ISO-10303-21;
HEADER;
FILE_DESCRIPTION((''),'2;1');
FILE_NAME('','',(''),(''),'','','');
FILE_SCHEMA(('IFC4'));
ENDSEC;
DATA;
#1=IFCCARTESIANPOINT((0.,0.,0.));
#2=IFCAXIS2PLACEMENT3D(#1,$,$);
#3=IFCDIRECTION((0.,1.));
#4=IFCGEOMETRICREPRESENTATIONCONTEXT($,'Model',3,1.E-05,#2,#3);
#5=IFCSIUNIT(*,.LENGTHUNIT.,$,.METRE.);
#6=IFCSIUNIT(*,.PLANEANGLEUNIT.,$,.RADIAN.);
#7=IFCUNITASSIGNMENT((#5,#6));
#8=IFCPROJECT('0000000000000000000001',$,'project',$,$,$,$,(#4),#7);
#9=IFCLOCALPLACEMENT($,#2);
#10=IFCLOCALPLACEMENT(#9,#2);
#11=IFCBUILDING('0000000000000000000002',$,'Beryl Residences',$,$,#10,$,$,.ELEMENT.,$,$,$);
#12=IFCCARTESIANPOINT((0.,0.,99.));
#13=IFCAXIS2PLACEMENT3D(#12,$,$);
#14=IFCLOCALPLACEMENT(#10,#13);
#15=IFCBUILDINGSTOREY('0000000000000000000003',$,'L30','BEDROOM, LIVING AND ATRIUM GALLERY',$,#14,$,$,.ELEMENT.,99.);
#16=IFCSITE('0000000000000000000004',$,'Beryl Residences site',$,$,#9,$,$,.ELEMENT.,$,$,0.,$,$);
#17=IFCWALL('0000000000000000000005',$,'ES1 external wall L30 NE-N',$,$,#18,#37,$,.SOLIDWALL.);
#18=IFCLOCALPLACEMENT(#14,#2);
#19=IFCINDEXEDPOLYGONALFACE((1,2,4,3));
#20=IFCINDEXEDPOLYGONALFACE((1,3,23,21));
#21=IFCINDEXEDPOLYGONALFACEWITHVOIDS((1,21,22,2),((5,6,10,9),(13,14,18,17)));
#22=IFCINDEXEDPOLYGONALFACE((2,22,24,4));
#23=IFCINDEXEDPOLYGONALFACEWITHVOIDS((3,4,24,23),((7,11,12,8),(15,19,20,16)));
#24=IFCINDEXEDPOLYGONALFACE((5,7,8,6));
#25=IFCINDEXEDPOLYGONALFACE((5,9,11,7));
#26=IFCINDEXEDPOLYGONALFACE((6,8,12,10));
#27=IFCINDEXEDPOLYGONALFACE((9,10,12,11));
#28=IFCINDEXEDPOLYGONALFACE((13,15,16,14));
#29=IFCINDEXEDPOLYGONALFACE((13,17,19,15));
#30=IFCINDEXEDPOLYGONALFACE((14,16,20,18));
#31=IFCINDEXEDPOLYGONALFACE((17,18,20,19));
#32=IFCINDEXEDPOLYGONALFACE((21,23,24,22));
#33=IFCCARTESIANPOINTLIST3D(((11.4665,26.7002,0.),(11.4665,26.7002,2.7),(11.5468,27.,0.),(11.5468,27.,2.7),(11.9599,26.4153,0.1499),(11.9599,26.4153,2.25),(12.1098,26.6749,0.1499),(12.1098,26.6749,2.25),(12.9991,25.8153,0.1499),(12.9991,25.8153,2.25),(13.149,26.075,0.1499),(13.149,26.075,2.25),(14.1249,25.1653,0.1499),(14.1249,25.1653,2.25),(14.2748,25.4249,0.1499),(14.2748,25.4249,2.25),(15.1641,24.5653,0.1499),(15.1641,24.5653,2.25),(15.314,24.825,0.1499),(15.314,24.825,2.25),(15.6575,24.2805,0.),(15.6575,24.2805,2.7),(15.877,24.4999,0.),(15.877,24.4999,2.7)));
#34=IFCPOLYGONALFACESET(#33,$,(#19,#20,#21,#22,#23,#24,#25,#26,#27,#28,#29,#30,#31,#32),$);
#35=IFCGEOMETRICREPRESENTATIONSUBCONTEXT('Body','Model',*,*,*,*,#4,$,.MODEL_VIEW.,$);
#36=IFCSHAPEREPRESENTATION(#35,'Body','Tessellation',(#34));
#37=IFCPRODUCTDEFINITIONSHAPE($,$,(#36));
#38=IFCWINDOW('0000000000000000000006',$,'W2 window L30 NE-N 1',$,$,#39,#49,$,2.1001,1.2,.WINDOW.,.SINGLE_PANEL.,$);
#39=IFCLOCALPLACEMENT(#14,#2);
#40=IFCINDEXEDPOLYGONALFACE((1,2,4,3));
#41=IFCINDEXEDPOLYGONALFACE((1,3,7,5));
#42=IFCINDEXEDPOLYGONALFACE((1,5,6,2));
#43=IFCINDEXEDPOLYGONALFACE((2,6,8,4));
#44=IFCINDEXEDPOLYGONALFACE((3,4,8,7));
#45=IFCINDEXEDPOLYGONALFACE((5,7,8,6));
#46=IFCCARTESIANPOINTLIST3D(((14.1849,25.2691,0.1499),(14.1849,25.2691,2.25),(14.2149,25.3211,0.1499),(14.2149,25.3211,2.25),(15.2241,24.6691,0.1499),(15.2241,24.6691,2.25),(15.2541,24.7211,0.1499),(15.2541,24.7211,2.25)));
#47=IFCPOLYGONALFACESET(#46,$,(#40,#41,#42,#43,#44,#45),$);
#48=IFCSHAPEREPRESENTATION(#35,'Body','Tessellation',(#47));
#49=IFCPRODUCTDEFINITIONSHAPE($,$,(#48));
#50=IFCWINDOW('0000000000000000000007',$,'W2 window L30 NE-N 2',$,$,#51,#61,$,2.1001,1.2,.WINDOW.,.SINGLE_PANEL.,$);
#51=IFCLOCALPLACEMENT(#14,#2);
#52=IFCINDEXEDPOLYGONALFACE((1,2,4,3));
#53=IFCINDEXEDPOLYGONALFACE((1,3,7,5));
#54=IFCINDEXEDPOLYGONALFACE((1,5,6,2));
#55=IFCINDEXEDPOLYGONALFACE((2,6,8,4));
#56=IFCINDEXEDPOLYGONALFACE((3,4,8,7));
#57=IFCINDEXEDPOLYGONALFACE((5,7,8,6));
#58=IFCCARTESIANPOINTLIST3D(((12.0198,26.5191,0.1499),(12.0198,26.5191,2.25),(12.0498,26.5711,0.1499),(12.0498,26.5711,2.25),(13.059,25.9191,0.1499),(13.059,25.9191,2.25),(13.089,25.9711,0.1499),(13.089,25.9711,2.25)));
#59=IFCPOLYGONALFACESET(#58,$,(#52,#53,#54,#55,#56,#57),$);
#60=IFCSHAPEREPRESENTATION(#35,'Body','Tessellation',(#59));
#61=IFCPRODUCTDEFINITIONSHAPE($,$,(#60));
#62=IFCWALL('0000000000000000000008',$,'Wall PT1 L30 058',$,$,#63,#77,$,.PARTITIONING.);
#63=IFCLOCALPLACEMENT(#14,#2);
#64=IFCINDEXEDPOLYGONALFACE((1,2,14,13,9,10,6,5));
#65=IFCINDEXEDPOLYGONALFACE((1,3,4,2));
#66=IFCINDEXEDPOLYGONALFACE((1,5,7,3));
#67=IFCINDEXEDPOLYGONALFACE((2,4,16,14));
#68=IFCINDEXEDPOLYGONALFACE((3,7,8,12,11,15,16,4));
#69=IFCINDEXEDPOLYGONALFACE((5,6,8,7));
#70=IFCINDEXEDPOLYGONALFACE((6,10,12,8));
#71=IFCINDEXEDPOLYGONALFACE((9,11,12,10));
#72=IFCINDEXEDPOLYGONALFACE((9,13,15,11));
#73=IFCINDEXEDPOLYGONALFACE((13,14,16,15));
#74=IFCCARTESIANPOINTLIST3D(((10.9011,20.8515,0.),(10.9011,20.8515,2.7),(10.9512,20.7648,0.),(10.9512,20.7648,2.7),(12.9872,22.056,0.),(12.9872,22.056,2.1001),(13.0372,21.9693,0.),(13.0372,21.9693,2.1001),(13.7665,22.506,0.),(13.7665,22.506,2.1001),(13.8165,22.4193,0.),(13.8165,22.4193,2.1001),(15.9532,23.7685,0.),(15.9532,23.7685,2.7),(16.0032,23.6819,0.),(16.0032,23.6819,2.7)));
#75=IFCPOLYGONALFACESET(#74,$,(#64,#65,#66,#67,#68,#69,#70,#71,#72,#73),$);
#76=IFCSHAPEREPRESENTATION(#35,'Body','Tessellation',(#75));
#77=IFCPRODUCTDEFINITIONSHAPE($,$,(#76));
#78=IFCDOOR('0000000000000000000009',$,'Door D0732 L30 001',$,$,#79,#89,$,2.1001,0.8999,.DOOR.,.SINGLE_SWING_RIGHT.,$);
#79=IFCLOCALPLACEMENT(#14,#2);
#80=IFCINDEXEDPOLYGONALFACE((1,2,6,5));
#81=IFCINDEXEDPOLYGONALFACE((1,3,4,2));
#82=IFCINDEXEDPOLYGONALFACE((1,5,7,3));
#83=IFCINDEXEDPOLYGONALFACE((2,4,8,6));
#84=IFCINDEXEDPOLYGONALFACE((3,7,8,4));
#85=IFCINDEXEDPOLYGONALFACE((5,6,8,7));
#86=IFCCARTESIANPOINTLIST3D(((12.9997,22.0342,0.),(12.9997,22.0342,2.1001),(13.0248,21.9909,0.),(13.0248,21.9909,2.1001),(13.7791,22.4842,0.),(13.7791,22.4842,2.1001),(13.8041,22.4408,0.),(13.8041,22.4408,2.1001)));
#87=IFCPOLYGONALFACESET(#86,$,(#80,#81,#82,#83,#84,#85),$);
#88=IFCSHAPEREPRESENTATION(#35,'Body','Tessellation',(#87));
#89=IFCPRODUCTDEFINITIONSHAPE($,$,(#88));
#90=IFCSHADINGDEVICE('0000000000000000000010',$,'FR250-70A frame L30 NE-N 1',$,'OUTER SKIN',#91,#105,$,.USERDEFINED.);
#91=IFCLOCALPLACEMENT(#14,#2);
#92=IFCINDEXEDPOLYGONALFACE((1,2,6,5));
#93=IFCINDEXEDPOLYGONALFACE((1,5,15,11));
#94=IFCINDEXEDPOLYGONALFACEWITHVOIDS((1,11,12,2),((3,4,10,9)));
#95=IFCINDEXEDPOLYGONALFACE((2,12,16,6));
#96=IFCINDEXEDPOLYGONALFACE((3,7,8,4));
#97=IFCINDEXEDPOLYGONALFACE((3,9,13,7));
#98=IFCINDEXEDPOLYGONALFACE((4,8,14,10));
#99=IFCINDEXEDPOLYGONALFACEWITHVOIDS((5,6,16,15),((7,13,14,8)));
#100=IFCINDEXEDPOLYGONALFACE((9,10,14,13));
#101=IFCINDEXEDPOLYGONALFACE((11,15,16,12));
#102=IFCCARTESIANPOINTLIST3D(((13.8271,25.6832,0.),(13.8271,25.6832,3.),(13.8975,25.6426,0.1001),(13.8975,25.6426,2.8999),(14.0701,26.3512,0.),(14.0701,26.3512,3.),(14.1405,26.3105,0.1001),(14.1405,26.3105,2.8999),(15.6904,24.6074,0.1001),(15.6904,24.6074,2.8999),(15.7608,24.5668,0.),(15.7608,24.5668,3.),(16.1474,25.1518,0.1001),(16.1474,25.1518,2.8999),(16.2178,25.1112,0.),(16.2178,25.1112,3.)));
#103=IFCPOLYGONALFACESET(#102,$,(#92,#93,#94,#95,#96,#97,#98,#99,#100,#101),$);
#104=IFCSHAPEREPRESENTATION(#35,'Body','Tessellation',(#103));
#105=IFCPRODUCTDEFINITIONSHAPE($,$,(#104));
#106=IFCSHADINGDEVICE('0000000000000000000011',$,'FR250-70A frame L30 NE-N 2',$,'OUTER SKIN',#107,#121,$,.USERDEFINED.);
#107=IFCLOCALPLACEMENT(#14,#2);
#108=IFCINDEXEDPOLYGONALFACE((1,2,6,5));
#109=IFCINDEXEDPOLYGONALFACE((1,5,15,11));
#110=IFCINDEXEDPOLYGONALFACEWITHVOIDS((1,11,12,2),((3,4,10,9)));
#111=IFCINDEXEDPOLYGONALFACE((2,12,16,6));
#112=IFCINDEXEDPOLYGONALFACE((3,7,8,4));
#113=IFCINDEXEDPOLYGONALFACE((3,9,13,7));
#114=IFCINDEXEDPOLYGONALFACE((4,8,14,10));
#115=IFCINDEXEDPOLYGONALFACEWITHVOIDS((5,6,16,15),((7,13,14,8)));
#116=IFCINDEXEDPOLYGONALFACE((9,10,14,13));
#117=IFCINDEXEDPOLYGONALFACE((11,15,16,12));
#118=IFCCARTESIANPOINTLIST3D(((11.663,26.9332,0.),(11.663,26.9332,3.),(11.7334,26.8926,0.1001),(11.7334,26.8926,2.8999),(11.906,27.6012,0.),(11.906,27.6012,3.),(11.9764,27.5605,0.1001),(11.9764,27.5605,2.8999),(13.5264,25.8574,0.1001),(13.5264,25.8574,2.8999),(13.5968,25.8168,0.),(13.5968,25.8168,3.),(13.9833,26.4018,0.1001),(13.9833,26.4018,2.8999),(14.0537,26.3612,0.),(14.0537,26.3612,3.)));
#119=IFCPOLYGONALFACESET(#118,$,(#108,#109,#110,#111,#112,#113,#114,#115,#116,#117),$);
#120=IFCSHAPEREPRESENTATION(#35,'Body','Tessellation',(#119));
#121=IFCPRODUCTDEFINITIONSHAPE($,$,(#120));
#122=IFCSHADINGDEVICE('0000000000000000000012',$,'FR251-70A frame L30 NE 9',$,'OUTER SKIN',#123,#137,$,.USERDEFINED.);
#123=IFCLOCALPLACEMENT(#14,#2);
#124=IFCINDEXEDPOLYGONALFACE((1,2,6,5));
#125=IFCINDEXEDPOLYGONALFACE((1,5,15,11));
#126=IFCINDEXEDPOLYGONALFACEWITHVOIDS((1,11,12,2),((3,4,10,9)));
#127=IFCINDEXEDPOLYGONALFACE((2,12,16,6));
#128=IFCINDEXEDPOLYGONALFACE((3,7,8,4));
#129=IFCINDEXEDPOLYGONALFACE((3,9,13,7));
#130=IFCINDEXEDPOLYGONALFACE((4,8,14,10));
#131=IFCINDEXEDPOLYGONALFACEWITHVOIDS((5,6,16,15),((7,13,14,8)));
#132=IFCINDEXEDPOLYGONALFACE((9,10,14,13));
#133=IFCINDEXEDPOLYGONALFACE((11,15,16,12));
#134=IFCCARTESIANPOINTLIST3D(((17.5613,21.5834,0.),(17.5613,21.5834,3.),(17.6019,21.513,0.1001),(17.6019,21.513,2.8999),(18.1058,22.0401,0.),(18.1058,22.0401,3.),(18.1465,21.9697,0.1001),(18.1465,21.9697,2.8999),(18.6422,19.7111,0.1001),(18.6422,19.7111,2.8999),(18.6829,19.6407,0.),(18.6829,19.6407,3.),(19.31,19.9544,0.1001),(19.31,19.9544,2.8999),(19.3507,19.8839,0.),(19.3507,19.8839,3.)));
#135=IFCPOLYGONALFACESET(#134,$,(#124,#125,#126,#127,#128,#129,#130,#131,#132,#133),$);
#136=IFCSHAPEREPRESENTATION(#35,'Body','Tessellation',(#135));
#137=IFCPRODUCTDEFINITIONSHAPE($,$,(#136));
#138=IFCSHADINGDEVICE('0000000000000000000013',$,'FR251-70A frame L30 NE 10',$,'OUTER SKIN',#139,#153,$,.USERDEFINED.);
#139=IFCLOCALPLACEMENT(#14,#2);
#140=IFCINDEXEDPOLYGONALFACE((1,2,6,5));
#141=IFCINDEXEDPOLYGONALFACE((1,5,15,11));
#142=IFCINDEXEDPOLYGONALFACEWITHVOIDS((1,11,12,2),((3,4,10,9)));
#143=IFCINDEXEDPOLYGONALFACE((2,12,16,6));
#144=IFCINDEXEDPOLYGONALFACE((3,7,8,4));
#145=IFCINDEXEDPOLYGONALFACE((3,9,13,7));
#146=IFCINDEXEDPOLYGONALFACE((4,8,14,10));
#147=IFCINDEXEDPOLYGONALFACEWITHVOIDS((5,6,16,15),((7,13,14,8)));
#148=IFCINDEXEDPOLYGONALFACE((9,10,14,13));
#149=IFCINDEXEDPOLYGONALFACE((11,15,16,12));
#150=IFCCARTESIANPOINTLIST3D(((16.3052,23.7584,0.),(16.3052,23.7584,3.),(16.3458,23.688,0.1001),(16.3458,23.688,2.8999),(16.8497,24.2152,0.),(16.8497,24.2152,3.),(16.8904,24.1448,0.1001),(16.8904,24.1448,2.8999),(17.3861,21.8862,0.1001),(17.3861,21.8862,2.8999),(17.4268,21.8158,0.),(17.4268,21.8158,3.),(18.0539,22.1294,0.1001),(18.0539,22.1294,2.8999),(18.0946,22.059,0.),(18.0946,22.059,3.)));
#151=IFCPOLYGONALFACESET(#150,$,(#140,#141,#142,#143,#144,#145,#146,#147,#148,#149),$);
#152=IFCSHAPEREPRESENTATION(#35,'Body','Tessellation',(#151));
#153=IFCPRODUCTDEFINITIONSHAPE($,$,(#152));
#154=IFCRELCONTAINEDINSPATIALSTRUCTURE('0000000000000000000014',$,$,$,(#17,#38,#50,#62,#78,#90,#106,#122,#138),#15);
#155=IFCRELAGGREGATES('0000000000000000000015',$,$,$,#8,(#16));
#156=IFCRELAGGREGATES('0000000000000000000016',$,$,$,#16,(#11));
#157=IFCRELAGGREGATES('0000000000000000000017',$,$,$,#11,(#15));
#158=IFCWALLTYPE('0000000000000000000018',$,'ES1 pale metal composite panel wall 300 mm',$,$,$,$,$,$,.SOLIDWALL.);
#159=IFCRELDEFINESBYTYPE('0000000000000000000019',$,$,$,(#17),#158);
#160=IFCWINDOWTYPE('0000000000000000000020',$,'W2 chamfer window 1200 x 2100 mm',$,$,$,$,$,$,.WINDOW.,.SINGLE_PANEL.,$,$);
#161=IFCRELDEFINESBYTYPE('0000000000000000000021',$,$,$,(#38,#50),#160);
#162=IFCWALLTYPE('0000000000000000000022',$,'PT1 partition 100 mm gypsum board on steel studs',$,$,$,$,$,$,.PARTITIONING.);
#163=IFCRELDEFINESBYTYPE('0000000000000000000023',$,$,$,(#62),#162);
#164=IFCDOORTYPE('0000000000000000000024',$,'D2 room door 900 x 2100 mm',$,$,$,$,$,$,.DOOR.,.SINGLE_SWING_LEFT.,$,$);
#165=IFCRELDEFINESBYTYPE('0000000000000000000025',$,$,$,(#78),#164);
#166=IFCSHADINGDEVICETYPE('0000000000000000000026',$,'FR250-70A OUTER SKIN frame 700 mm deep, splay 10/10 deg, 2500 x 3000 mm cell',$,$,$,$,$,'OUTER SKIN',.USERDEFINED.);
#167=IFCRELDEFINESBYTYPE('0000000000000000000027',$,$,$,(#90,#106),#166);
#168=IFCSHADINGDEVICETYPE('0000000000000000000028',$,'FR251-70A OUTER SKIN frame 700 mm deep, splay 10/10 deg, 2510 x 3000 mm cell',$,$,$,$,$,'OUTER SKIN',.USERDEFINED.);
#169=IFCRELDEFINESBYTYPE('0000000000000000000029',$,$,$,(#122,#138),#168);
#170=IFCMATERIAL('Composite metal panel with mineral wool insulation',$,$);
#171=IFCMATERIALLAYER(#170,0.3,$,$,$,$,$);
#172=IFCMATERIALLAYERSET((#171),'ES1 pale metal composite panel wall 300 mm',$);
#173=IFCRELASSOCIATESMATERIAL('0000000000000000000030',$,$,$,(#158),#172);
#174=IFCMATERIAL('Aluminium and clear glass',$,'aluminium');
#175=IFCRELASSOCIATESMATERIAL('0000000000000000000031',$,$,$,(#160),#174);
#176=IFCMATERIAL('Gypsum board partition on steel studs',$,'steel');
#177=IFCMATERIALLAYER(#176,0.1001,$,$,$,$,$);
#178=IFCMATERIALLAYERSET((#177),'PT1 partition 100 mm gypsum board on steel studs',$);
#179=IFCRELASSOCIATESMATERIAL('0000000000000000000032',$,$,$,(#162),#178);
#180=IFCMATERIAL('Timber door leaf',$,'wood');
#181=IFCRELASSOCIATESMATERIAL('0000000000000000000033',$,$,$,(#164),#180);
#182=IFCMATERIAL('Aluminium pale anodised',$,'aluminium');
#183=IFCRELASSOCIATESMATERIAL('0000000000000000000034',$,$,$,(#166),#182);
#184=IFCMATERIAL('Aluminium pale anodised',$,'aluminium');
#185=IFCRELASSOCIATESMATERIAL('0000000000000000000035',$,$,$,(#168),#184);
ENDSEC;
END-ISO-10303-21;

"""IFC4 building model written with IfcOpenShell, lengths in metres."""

from ifc_helpers import new_model, entity, si_unit, direction, frame, frame_2d, origin, place, context, subcontext, project, spatial, polyline, rectangle, outline, extrude, source, transform, mapped, material, layer, layer_set, type_object, type_shapes, element, fill, save


model = new_model("IFC4")

# Units and contexts
model_context = context("Model", 3, precision=1e-05, world=origin(), true_north=direction((0.0, 1.0)))
body_context = subcontext(model_context, "Body", "Model", "MODEL_VIEW")
ifc_project = project(units=[si_unit("LENGTHUNIT", "METRE"), si_unit("PLANEANGLEUNIT", "RADIAN")], contexts=[model_context])

# Site, building, storey
site_placement = place(None, origin())
site = spatial("IfcSite", under=ifc_project, at=site_placement, Name="Beryl Residences site", CompositionType="ELEMENT", RefElevation=0.0)
building_placement = place(site_placement, origin())
building = spatial("IfcBuilding", under=site, at=building_placement, Name="Beryl Residences", CompositionType="ELEMENT")
storey_placement = place(building_placement, frame((0.0, 0.0, 99.0)))
storey = spatial("IfcBuildingStorey", under=building, at=storey_placement, Name="L30", Description="BEDROOM, LIVING AND ATRIUM GALLERY", CompositionType="ELEMENT", Elevation=99.0)

# Wall, openings, windows
ifc_material_1 = material(Name="Composite metal panel with mineral wool insulation")
ifc_layer_1 = layer(ifc_material_1, 0.3)
ifc_layer_set_1 = layer_set([ifc_layer_1], Name="ES1 pale metal composite panel wall 300 mm")
wall_type_1 = type_object("IfcWallType", Name="ES1 pale metal composite panel wall 300 mm", PredefinedType="SOLIDWALL", material=ifc_layer_set_1)
wall_1_placement = place(storey_placement, frame((15.802, 24.3701, 0.0), z_axis=(0.0, 0.0, 1.0), x_axis=(-0.866023, 0.500004, 0.0)))
wall_1 = element("IfcWall", 1, at=wall_1_placement, inside=storey, type_object=wall_type_1, Name="ES1 external wall L30 NE-N", PredefinedType="SOLIDWALL", context=body_context, shape_type="SweptSolid", body=[
    extrude(outline(polyline([(0.0, -0.1499), (5.0, -0.1499), (4.9197, 0.1499), (0.0803, 0.1499), (0.0, -0.1499)])), origin(), (0.0, 0.0, 1.0), 2.7),
])
opening_1_placement = place(wall_1_placement, frame((0.6499, 0.0, 0.1499)))
opening_1 = element("IfcOpeningElement", 2, at=opening_1_placement, cuts=wall_1, PredefinedType="OPENING", context=body_context, shape_type="SweptSolid", body=[
    extrude(rectangle(XDim=1.2, YDim=2.1001, at=frame_2d((0.6001, 1.05))), frame((0.0, 0.1599, 0.0), z_axis=(0.0, -1.0, 0.0), x_axis=(1.0, 0.0, 0.0)), (0.0, 0.0, 1.0), 0.3201),
])
opening_2_placement = place(wall_1_placement, frame((3.1499, 0.0, 0.1499)))
opening_2 = element("IfcOpeningElement", 3, at=opening_2_placement, cuts=wall_1, PredefinedType="OPENING", context=body_context, shape_type="SweptSolid", body=[
    extrude(rectangle(XDim=1.2, YDim=2.1001, at=frame_2d((0.6001, 1.05))), frame((0.0, 0.1599, 0.0), z_axis=(0.0, -1.0, 0.0), x_axis=(1.0, 0.0, 0.0)), (0.0, 0.0, 1.0), 0.3201),
])
ifc_material_2 = material(Name="Aluminium and clear glass", Category="aluminium")
window_type_1 = type_object("IfcWindowType", Name="W2 chamfer window 1200 x 2100 mm", PartitioningType="SINGLE_PANEL", PredefinedType="WINDOW", material=ifc_material_2)
window_1_placement = place(opening_1_placement, origin())
window_1 = element("IfcWindow", 4, at=window_1_placement, inside=storey, type_object=window_type_1, Name="W2 window L30 NE-N 1", OverallHeight=2.1001, OverallWidth=1.2, PartitioningType="SINGLE_PANEL", PredefinedType="WINDOW", context=body_context, shape_type="SweptSolid", body=[
    extrude(rectangle(XDim=1.2, YDim=2.1001, at=frame_2d((0.6001, 1.05))), frame((0.0, 0.03, 0.0), z_axis=(0.0, -1.0, 0.0), x_axis=(1.0, 0.0, 0.0)), (0.0, 0.0, 1.0), 0.0601),
])
fill(opening_1, window_1)
window_2_placement = place(opening_2_placement, origin())
window_2 = element("IfcWindow", 5, at=window_2_placement, inside=storey, type_object=window_type_1, Name="W2 window L30 NE-N 2", OverallHeight=2.1001, OverallWidth=1.2, PartitioningType="SINGLE_PANEL", PredefinedType="WINDOW", context=body_context, shape_type="SweptSolid", body=[
    extrude(rectangle(XDim=1.2, YDim=2.1001, at=frame_2d((0.6001, 1.05))), frame((0.0, 0.03, 0.0), z_axis=(0.0, -1.0, 0.0), x_axis=(1.0, 0.0, 0.0)), (0.0, 0.0, 1.0), 0.0601),
])
fill(opening_2, window_2)

# Wall, opening, door
ifc_material_3 = material(Name="Gypsum board partition on steel studs", Category="steel")
ifc_layer_2 = layer(ifc_material_3, 0.1001)
ifc_layer_set_2 = layer_set([ifc_layer_2], Name="PT1 partition 100 mm gypsum board on steel studs")
wall_type_2 = type_object("IfcWallType", Name="PT1 partition 100 mm gypsum board on steel studs", PredefinedType="PARTITIONING", material=ifc_layer_set_2)
wall_2_placement = place(storey_placement, frame((10.926, 20.8081, 0.0), z_axis=(0.0, 0.0, 1.0), x_axis=(0.866009, 0.500028, 0.0)))
wall_2 = element("IfcWall", 6, at=wall_2_placement, inside=storey, type_object=wall_type_2, Name="Wall PT1 L30 058", PredefinedType="PARTITIONING", context=body_context, shape_type="SweptSolid", body=[
    extrude(rectangle(XDim=5.8337, YDim=0.1001, at=frame_2d((2.917, 0.0))), origin(), (0.0, 0.0, 1.0), 2.7),
])
opening_3_placement = place(wall_2_placement, frame((2.4089, 0.0, 0.0)))
opening_3 = element("IfcOpeningElement", 7, at=opening_3_placement, cuts=wall_2, PredefinedType="OPENING", context=body_context, shape_type="SweptSolid", body=[
    extrude(rectangle(XDim=0.8999, YDim=2.1001, at=frame_2d((0.45, 1.05))), frame((0.0, 0.0601, 0.0), z_axis=(0.0, -1.0, 0.0), x_axis=(1.0, 0.0, 0.0)), (0.0, 0.0, 1.0), 0.1201),
])
ifc_material_4 = material(Name="Timber door leaf", Category="wood")
door_type = type_object("IfcDoorType", Name="D2 room door 900 x 2100 mm", OperationType="SINGLE_SWING_LEFT", PredefinedType="DOOR", material=ifc_material_4)
door_placement = place(opening_3_placement, origin())
door = element("IfcDoor", 8, at=door_placement, inside=storey, type_object=door_type, Name="Door D0732 L30 001", OperationType="SINGLE_SWING_RIGHT", OverallHeight=2.1001, OverallWidth=0.8999, PredefinedType="DOOR", context=body_context, shape_type="SweptSolid", body=[
    extrude(rectangle(XDim=0.8999, YDim=2.1001, at=frame_2d((0.45, 1.05))), frame((0.0, 0.0249, 0.0), z_axis=(0.0, -1.0, 0.0), x_axis=(1.0, 0.0, 0.0)), (0.0, 0.0, 1.0), 0.05),
])
fill(opening_3, door)

# Shading devices
ifc_material_5 = material(Name="Aluminium pale anodised", Category="aluminium")
shading_device_type_1 = type_object("IfcShadingDeviceType", Name="FR250-70A OUTER SKIN frame 700 mm deep, splay 10/10 deg, 2500 x 3000 mm cell", ElementType="OUTER SKIN", PredefinedType="USERDEFINED", material=ifc_material_5)
cartesian_point_1 = entity("IfcCartesianPoint", [-1.1165, 0.0])
cartesian_point_2 = entity("IfcCartesianPoint", [-1.0352, 0.1001])
cartesian_point_3 = entity("IfcCartesianPoint", [-1.24, 0.0])
cartesian_point_4 = entity("IfcCartesianPoint", [-1.1587, 0.1001])
shared_shape_1 = source(origin(), body_context, "Body", "SweptSolid", [
    entity("IfcExtrudedAreaSolidTapered", entity("IfcArbitraryProfileDefWithVoids", "AREA", None, entity("IfcPolyline", [cartesian_point_1, entity("IfcCartesianPoint", [1.1165, 0.0]), entity("IfcCartesianPoint", [1.1165, 3.0]), entity("IfcCartesianPoint", [-1.1165, 3.0]), cartesian_point_1]), [entity("IfcPolyline", [cartesian_point_2, entity("IfcCartesianPoint", [1.0352, 0.1001]), entity("IfcCartesianPoint", [1.0352, 2.8999]), entity("IfcCartesianPoint", [-1.0352, 2.8999]), cartesian_point_2])]), entity("IfcAxis2Placement3D", entity("IfcCartesianPoint", [0.0, 0.0, 0.0]), entity("IfcDirection", [0.0, 1.0, 0.0]), entity("IfcDirection", [-1.0, 0.0, 0.0])), entity("IfcDirection", [0.0, 0.0, 1.0]), 0.7, entity("IfcArbitraryProfileDefWithVoids", "AREA", None, entity("IfcPolyline", [cartesian_point_3, entity("IfcCartesianPoint", [1.24, 0.0]), entity("IfcCartesianPoint", [1.24, 3.0]), entity("IfcCartesianPoint", [-1.24, 3.0]), cartesian_point_3]), [entity("IfcPolyline", [cartesian_point_4, entity("IfcCartesianPoint", [1.1587, 0.1001]), entity("IfcCartesianPoint", [1.1587, 2.8999]), entity("IfcCartesianPoint", [-1.1587, 2.8999]), cartesian_point_4])])),
])
type_shapes(shading_device_type_1, [shared_shape_1])
for number, where, z_axis, x_axis, name in (
    (9, (14.7939, 25.125, 0.0), (0.0, 0.0, 1.0), (0.866025, -0.5, 0.0), "FR250-70A frame L30 NE-N 1"),
    (10, (12.6299, 26.375, 0.0), (0.0, 0.0, 1.0), (0.866025, -0.5, 0.0), "FR250-70A frame L30 NE-N 2"),
):
    element("IfcShadingDevice", number, at=place(storey_placement, frame(where, z_axis=z_axis, x_axis=x_axis)), inside=storey, type_object=shading_device_type_1, Name=name, ObjectType="OUTER SKIN", PredefinedType="USERDEFINED", context=body_context, shape_type="MappedRepresentation", body=[
        mapped(shared_shape_1, transform((0.0, 0.0, 0.0))),
    ])
ifc_material_6 = material(Name="Aluminium pale anodised", Category="aluminium")
shading_device_type_2 = type_object("IfcShadingDeviceType", Name="FR251-70A OUTER SKIN frame 700 mm deep, splay 10/10 deg, 2510 x 3000 mm cell", ElementType="OUTER SKIN", PredefinedType="USERDEFINED", material=ifc_material_6)
cartesian_point_5 = entity("IfcCartesianPoint", [-1.1216, 0.0])
cartesian_point_6 = entity("IfcCartesianPoint", [-1.0403, 0.1001])
cartesian_point_7 = entity("IfcCartesianPoint", [-1.2449, 0.0])
cartesian_point_8 = entity("IfcCartesianPoint", [-1.1636, 0.1001])
shared_shape_2 = source(origin(), body_context, "Body", "SweptSolid", [
    entity("IfcExtrudedAreaSolidTapered", entity("IfcArbitraryProfileDefWithVoids", "AREA", None, entity("IfcPolyline", [cartesian_point_5, entity("IfcCartesianPoint", [1.1216, 0.0]), entity("IfcCartesianPoint", [1.1216, 3.0]), entity("IfcCartesianPoint", [-1.1216, 3.0]), cartesian_point_5]), [entity("IfcPolyline", [cartesian_point_6, entity("IfcCartesianPoint", [1.0403, 0.1001]), entity("IfcCartesianPoint", [1.0403, 2.8999]), entity("IfcCartesianPoint", [-1.0403, 2.8999]), cartesian_point_6])]), entity("IfcAxis2Placement3D", entity("IfcCartesianPoint", [0.0, 0.0, 0.0]), entity("IfcDirection", [0.0, 1.0, 0.0]), entity("IfcDirection", [-1.0, 0.0, 0.0])), entity("IfcDirection", [0.0, 0.0, 1.0]), 0.7, entity("IfcArbitraryProfileDefWithVoids", "AREA", None, entity("IfcPolyline", [cartesian_point_7, entity("IfcCartesianPoint", [1.2449, 0.0]), entity("IfcCartesianPoint", [1.2449, 3.0]), entity("IfcCartesianPoint", [-1.2449, 3.0]), cartesian_point_7]), [entity("IfcPolyline", [cartesian_point_8, entity("IfcCartesianPoint", [1.1636, 0.1001]), entity("IfcCartesianPoint", [1.1636, 2.8999]), entity("IfcCartesianPoint", [-1.1636, 2.8999]), cartesian_point_8])])),
])
type_shapes(shading_device_type_2, [shared_shape_2])
for number, where, z_axis, x_axis, name in (
    (11, (18.1221, 20.6121, 0.0), (0.0, 0.0, 1.0), (0.5, -0.866025, 0.0), "FR251-70A frame L30 NE 9"),
    (12, (16.866, 22.7871, 0.0), (0.0, 0.0, 1.0), (0.5, -0.866025, 0.0), "FR251-70A frame L30 NE 10"),
):
    element("IfcShadingDevice", number, at=place(storey_placement, frame(where, z_axis=z_axis, x_axis=x_axis)), inside=storey, type_object=shading_device_type_2, Name=name, ObjectType="OUTER SKIN", PredefinedType="USERDEFINED", context=body_context, shape_type="MappedRepresentation", body=[
        mapped(shared_shape_2, transform((0.0, 0.0, 0.0))),
    ])

save(model, "model.ifc")
